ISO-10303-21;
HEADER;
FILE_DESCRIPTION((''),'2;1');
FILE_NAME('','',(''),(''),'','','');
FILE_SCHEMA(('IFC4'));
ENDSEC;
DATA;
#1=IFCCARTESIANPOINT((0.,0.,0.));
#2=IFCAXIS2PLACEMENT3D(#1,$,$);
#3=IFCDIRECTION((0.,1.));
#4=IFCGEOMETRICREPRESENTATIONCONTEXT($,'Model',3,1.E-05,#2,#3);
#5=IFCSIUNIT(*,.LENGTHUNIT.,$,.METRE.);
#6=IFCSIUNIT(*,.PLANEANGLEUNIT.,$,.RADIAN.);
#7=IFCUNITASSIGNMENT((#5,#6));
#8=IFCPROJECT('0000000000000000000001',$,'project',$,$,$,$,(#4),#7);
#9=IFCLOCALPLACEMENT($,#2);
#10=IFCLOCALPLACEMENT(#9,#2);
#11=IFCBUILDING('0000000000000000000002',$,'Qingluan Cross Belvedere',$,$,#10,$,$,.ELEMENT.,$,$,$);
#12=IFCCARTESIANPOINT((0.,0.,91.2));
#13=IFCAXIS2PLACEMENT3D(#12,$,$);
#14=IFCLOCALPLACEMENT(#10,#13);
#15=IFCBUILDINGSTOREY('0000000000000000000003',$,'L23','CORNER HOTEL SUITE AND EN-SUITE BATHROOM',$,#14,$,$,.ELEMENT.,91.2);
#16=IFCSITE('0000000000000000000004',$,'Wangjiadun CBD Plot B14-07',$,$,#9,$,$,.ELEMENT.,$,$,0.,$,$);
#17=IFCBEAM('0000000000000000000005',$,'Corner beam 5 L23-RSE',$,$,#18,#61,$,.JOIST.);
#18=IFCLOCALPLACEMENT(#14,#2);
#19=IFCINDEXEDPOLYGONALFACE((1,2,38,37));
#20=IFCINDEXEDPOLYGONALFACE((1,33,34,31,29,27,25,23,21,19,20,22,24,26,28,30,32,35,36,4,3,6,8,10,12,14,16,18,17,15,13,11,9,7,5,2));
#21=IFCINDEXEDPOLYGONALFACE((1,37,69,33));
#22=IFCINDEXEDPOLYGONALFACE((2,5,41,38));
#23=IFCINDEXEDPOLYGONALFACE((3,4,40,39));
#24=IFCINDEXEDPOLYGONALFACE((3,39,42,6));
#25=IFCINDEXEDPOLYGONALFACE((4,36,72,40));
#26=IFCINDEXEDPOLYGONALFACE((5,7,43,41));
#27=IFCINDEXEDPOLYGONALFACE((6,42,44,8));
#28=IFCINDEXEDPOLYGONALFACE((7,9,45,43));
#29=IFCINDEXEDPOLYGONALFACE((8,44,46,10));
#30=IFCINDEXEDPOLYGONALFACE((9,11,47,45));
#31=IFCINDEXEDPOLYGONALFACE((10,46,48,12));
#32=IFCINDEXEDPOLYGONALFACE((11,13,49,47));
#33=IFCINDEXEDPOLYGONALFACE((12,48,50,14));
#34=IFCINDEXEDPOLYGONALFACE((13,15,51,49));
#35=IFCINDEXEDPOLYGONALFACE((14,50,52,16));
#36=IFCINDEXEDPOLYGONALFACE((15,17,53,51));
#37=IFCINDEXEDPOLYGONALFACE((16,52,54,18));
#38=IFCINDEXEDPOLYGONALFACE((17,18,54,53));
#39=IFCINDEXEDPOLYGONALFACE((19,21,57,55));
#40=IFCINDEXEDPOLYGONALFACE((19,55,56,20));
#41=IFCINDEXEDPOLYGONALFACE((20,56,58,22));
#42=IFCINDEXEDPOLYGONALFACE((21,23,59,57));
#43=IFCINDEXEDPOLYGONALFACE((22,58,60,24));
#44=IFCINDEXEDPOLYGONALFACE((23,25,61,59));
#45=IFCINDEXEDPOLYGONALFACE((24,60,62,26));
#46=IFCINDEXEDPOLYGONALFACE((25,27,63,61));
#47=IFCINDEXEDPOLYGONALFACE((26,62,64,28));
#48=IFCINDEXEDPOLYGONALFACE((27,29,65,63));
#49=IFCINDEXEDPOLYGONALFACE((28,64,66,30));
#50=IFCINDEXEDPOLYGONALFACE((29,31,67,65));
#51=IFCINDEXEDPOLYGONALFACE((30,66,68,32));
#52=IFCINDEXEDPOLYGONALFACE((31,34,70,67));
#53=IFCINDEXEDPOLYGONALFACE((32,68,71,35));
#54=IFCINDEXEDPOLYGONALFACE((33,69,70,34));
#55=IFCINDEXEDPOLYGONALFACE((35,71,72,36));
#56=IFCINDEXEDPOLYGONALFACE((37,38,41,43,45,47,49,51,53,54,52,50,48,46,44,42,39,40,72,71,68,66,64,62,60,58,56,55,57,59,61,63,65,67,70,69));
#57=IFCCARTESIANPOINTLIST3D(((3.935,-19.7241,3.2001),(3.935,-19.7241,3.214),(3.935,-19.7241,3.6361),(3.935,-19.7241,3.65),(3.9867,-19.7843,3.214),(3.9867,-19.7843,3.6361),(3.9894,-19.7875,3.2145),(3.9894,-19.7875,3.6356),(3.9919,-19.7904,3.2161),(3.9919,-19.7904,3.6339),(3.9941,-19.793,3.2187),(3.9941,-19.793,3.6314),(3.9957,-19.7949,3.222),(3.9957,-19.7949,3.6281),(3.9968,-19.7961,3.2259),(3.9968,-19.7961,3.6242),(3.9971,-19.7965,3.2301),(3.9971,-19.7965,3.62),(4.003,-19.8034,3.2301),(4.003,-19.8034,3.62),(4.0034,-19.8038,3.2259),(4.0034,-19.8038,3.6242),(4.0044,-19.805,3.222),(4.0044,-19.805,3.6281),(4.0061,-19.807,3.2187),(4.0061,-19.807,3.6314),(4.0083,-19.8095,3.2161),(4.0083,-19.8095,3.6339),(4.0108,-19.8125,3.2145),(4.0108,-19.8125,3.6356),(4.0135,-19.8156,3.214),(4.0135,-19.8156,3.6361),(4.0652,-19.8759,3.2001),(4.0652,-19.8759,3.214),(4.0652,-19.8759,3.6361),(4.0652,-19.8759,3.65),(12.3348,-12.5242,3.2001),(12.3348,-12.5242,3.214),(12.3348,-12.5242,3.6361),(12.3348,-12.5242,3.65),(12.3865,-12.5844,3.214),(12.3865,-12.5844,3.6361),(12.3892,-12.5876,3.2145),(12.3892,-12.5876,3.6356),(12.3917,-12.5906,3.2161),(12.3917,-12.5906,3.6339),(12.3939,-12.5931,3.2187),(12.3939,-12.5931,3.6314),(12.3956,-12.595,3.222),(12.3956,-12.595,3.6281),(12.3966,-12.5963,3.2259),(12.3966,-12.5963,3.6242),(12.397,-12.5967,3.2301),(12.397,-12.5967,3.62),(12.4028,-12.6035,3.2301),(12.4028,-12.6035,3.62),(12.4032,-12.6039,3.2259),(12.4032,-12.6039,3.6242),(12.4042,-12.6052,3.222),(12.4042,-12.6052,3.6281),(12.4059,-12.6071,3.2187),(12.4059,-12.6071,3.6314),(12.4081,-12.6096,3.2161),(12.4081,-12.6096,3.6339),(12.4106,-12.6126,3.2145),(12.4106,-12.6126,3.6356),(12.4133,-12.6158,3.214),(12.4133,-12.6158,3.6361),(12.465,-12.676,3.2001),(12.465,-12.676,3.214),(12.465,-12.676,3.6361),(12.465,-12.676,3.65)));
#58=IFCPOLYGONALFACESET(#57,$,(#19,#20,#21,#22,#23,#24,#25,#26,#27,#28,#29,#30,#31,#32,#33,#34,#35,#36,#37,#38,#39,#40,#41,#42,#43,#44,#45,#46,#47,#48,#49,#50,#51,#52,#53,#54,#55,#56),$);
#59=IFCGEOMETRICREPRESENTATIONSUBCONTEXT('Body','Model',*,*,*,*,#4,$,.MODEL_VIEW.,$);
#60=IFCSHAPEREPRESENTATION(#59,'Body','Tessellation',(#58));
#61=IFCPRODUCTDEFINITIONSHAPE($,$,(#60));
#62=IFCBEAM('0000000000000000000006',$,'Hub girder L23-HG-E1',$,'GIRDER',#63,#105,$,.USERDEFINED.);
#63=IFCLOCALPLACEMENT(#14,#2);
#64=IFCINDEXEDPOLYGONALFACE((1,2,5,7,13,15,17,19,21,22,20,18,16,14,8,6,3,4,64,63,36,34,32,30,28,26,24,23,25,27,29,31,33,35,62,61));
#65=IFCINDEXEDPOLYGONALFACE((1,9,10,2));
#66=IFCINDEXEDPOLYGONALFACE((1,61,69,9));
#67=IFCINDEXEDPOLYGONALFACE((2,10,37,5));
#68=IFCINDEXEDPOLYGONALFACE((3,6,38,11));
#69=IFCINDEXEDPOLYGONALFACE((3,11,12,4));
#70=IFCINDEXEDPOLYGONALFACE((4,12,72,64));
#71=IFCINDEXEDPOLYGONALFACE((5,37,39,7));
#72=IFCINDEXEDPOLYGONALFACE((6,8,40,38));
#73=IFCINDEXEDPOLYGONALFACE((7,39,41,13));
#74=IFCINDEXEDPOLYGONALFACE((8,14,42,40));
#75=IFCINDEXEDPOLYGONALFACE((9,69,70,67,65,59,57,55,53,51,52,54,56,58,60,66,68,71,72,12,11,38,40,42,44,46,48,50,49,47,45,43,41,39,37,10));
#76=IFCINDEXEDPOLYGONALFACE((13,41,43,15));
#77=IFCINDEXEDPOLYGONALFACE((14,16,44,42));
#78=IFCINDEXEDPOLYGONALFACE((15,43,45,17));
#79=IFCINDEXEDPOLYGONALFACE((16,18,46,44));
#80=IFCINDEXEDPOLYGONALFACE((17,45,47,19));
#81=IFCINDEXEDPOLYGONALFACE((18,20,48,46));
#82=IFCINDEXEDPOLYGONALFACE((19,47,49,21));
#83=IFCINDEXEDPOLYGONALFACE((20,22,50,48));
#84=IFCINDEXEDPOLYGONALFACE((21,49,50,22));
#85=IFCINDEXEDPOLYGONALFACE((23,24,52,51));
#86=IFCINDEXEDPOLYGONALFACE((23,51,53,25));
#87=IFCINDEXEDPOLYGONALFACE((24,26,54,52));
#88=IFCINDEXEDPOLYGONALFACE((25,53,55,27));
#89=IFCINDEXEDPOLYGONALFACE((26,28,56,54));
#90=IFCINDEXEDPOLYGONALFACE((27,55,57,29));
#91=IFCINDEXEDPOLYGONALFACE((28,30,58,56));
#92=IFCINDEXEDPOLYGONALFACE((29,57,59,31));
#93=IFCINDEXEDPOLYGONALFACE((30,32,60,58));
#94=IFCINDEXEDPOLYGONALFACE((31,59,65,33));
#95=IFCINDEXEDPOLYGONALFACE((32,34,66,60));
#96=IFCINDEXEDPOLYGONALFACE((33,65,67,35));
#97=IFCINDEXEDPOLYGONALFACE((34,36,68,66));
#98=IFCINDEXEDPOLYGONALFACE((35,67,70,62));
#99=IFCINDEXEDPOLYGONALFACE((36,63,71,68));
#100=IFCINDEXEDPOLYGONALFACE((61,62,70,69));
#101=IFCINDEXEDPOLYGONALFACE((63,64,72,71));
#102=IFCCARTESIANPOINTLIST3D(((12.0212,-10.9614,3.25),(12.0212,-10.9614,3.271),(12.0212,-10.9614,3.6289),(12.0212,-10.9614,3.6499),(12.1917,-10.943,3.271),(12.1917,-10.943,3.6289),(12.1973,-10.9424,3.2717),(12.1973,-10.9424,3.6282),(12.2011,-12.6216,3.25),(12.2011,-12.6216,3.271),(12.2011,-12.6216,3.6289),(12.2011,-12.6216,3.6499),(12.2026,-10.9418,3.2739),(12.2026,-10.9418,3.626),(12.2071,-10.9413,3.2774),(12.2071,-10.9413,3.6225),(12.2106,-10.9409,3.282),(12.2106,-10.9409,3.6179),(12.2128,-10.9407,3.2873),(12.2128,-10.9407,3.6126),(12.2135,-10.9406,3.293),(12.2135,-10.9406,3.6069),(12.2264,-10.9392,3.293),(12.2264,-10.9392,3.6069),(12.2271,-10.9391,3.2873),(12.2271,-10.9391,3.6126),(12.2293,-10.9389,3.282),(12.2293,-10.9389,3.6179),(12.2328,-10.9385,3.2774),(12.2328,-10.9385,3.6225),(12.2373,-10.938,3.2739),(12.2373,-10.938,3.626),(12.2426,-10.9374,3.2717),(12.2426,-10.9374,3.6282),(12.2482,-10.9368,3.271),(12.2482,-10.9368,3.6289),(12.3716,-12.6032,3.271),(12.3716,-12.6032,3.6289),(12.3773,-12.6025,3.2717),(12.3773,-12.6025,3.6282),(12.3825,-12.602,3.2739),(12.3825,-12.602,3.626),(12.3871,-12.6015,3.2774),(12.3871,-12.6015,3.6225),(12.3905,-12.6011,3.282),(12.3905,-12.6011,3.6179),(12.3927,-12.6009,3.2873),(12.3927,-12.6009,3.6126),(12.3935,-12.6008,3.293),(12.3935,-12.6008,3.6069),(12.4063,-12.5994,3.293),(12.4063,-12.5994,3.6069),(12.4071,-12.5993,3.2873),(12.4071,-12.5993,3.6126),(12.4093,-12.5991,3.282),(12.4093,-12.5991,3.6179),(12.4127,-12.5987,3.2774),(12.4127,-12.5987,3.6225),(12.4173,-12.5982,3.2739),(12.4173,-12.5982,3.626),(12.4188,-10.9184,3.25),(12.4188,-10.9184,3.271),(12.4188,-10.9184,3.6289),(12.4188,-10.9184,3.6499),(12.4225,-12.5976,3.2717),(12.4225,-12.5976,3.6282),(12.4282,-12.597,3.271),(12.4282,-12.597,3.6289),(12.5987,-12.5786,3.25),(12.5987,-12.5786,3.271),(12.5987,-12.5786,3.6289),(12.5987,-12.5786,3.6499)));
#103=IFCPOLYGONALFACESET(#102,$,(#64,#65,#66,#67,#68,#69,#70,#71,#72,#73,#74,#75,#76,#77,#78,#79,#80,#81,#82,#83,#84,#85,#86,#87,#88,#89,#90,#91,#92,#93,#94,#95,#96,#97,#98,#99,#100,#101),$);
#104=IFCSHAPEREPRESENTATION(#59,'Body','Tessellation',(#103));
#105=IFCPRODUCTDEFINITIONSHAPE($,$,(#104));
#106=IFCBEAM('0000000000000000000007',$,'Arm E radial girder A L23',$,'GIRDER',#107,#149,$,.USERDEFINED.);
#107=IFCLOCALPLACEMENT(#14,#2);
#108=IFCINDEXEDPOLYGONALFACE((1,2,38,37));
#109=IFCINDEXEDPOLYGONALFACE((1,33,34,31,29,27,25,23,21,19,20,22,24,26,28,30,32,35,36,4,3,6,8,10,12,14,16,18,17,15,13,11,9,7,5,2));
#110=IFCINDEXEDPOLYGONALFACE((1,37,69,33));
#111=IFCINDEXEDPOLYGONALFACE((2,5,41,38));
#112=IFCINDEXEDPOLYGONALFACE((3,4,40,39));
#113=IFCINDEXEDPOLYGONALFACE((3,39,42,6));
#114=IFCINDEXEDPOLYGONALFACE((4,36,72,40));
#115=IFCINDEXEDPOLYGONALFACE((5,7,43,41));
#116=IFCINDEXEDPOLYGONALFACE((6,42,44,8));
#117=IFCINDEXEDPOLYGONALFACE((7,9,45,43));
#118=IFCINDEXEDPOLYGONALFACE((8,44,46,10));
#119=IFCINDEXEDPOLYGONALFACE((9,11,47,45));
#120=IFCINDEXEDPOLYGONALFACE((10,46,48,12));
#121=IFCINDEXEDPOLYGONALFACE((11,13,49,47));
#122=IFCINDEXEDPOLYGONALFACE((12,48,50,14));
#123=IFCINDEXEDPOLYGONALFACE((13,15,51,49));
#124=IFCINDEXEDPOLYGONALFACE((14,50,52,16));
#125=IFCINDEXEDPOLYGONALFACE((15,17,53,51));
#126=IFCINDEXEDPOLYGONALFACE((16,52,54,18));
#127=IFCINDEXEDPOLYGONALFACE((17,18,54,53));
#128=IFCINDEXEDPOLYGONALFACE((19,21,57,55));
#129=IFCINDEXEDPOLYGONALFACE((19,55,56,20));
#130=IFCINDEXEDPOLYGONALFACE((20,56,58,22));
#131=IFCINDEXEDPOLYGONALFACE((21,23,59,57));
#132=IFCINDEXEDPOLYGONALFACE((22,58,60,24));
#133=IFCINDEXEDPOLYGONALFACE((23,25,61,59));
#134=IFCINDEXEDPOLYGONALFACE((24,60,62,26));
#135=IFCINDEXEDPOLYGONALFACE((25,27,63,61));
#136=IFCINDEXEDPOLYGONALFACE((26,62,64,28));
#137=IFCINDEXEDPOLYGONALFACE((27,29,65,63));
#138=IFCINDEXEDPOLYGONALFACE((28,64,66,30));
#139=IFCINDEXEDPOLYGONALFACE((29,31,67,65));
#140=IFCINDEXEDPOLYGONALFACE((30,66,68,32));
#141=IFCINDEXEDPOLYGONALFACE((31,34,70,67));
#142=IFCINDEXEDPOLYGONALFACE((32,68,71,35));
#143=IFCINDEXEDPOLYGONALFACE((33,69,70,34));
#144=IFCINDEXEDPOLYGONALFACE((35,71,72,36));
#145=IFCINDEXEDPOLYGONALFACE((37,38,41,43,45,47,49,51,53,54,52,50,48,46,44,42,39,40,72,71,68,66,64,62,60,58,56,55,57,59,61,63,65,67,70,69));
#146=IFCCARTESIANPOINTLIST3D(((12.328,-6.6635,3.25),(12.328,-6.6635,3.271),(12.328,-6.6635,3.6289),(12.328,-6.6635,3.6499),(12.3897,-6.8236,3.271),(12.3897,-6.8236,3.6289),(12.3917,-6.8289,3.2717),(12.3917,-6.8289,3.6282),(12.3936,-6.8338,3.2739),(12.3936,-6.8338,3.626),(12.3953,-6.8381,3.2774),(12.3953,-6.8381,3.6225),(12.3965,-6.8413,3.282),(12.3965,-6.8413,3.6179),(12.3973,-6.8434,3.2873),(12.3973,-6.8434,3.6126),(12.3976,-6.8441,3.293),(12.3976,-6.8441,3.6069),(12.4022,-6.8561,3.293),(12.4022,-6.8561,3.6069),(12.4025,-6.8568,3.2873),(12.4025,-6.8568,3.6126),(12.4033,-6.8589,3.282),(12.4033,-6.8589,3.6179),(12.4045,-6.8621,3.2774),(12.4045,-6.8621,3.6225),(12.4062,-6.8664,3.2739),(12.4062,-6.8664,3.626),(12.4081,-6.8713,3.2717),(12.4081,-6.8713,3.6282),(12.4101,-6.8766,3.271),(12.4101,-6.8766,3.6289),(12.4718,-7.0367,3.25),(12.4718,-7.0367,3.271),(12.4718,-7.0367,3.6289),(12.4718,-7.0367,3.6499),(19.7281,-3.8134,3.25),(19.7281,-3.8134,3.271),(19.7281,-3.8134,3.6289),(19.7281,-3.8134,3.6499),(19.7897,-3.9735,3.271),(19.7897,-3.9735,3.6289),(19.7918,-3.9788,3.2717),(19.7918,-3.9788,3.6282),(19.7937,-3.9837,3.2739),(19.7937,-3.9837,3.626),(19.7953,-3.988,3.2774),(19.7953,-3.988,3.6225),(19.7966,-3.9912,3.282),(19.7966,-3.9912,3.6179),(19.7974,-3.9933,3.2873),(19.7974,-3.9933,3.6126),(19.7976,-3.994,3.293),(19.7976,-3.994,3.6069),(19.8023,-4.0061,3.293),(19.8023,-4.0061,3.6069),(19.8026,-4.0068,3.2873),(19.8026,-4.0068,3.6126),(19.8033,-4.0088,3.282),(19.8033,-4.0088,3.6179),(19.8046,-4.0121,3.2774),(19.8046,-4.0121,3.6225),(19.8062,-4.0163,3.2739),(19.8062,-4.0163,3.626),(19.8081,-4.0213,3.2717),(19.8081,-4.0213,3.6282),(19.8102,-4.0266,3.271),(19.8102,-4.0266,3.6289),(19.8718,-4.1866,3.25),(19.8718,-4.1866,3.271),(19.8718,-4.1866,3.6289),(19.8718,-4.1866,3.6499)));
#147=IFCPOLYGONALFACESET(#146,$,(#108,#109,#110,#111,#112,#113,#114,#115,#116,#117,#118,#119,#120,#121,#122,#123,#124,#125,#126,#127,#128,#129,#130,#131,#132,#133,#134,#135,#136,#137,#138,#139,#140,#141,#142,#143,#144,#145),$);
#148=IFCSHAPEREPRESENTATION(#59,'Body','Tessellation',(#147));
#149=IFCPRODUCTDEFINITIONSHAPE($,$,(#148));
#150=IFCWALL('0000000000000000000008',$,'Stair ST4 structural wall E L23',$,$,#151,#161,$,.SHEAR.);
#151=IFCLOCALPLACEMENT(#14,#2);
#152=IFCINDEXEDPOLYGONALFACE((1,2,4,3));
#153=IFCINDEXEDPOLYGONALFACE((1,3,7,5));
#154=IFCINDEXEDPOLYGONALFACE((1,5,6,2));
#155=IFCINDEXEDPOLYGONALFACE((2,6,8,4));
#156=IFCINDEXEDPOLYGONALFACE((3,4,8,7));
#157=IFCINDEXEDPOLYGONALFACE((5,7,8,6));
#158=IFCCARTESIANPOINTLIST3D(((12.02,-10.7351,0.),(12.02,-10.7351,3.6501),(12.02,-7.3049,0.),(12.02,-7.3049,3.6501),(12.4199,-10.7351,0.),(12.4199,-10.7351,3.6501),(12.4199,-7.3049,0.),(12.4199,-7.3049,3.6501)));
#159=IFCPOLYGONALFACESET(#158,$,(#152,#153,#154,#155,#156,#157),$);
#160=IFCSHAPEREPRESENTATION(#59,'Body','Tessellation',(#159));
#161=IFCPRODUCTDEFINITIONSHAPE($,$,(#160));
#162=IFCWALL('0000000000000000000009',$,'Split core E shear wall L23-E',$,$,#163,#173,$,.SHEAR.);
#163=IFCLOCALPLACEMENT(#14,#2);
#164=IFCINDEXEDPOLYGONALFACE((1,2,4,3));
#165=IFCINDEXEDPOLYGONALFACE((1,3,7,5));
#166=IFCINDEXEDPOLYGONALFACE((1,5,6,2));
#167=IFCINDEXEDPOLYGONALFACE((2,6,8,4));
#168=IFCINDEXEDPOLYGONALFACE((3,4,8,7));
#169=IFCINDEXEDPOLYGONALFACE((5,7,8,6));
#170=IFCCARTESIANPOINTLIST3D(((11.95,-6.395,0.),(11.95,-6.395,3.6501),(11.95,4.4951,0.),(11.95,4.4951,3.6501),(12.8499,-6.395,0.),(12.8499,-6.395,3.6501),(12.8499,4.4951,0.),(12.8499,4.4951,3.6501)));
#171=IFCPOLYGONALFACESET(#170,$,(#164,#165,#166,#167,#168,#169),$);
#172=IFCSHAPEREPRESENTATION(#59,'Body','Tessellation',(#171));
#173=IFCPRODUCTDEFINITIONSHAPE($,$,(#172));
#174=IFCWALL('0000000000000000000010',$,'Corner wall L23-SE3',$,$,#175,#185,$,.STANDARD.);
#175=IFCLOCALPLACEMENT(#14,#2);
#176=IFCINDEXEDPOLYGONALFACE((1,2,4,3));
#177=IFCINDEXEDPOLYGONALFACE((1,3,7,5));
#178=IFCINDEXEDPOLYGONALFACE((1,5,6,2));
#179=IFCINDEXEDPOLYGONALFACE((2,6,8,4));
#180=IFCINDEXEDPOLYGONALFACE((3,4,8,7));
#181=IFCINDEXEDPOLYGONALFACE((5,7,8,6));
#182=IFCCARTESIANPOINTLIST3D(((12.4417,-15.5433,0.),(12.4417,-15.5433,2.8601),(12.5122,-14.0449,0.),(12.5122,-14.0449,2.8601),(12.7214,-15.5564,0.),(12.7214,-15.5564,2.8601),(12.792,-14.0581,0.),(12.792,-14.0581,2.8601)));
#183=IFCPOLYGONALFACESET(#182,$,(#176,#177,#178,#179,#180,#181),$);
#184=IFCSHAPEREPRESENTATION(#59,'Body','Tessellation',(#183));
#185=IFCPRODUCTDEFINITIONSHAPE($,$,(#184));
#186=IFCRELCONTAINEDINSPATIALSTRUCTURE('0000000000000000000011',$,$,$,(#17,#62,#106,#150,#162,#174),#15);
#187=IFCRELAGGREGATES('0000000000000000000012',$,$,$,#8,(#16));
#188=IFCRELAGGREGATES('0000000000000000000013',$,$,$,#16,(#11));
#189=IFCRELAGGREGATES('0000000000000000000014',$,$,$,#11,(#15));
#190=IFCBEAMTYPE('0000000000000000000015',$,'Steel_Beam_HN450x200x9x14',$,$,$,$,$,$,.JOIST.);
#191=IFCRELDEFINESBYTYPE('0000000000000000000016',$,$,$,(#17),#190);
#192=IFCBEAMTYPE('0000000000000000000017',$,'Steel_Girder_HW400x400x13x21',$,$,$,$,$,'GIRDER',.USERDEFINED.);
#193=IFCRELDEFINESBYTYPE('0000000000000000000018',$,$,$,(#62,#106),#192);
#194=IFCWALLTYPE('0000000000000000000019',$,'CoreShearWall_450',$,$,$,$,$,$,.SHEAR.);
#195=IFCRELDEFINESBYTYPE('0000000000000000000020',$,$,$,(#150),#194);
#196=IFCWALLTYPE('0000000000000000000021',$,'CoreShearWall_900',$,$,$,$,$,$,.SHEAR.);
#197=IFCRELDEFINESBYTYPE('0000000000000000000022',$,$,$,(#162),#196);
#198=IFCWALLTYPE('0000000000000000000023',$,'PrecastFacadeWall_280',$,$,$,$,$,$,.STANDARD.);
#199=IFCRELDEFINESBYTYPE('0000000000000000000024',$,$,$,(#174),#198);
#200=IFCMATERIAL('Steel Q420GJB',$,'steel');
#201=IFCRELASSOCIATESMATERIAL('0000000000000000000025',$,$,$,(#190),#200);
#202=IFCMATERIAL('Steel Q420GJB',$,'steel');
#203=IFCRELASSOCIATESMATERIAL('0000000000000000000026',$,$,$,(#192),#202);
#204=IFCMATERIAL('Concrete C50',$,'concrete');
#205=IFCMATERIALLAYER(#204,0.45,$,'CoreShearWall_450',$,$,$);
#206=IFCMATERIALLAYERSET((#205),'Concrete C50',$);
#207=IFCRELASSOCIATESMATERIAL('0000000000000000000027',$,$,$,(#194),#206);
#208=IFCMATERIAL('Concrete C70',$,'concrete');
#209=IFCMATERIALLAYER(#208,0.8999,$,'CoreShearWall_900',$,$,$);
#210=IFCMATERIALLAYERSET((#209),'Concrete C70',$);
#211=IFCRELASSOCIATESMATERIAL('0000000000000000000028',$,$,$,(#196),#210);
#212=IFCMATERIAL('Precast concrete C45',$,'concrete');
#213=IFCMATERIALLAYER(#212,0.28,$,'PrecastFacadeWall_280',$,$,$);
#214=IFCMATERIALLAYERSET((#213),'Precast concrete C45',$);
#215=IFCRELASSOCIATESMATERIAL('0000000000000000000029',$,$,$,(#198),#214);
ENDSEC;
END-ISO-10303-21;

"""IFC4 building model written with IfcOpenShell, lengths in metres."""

from ifc_helpers import new_model, si_unit, direction, frame, frame_2d, origin, origin_2d, place, context, subcontext, project, spatial, rectangle, i_section, extrude, material, layer, layer_set, material_profile, profile_set, type_object, element, save


model = new_model("IFC4")

# Units and contexts
model_context = context("Model", 3, precision=1e-05, world=origin(), true_north=direction((0.0, 1.0)))
body_context = subcontext(model_context, "Body", "Model", "MODEL_VIEW")
ifc_project = project(units=[si_unit("LENGTHUNIT", "METRE"), si_unit("PLANEANGLEUNIT", "RADIAN")], contexts=[model_context])

# Site, building, storey
site_placement = place(None, origin())
site = spatial("IfcSite", under=ifc_project, at=site_placement, Name="Wangjiadun CBD Plot B14-07", CompositionType="ELEMENT", RefElevation=0.0)
building_placement = place(site_placement, origin())
building = spatial("IfcBuilding", under=site, at=building_placement, Name="Qingluan Cross Belvedere", CompositionType="ELEMENT")
storey_placement = place(building_placement, frame((0.0, 0.0, 91.2)))
storey = spatial("IfcBuildingStorey", under=building, at=storey_placement, Name="L23", Description="CORNER HOTEL SUITE AND EN-SUITE BATHROOM", CompositionType="ELEMENT", Elevation=91.2)

# Beams
ifc_material_1 = material(Name="Steel Q420GJB", Category="steel")
ifc_material_profile_1 = material_profile(ifc_material_1, i_section(OverallWidth=0.2, OverallDepth=0.45, WebThickness=0.009, FlangeThickness=0.0139, FilletRadius=0.0161, at=origin_2d()), Name="HN450x200x9x14")
ifc_profile_set_1 = profile_set([ifc_material_profile_1], Name="Steel Q420GJB")
beam_type_1 = type_object("IfcBeamType", Name="Steel_Beam_HN450x200x9x14", PredefinedType="JOIST", material=ifc_profile_set_1)
beam_1_placement = place(storey_placement, frame((12.3999, -12.6001, 3.425), z_axis=(-0.759255, -0.650793, 0.0), x_axis=(0.650793, -0.759255, 0.0)))
element("IfcBeam", 1, at=beam_1_placement, inside=storey, type_object=beam_type_1, Name="Corner beam 5 L23-RSE", PredefinedType="JOIST", context=body_context, shape_type="SweptSolid", body=[
    extrude(i_section(OverallWidth=0.2, OverallDepth=0.45, WebThickness=0.009, FlangeThickness=0.0139, FilletRadius=0.0161, at=origin_2d()), origin(), (0.0, 0.0, 1.0), 11.0632),
])
ifc_material_2 = material(Name="Steel Q420GJB", Category="steel")
ifc_material_profile_2 = material_profile(ifc_material_2, i_section(OverallWidth=0.3999, OverallDepth=0.3999, WebThickness=0.0129, FlangeThickness=0.021, FilletRadius=0.022, at=origin_2d()), Name="HW400x400x13x21")
ifc_profile_set_2 = profile_set([ifc_material_profile_2], Name="Steel Q420GJB")
beam_type_2 = type_object("IfcBeamType", Name="Steel_Girder_HW400x400x13x21", ElementType="GIRDER", PredefinedType="USERDEFINED", material=ifc_profile_set_2)
beam_2_placement = place(storey_placement, frame((12.3999, -12.6001, 3.45), z_axis=(-0.107751, 0.994178, 0.0), x_axis=(-0.994178, -0.107751, 0.0)))
element("IfcBeam", 2, at=beam_2_placement, inside=storey, type_object=beam_type_2, Name="Hub girder L23-HG-E1", ObjectType="GIRDER", PredefinedType="USERDEFINED", context=body_context, shape_type="SweptSolid", body=[
    extrude(i_section(OverallWidth=0.3999, OverallDepth=0.3999, WebThickness=0.0129, FlangeThickness=0.021, FilletRadius=0.022, at=origin_2d()), origin(), (0.0, 0.0, 1.0), 1.6699),
])
beam_3_placement = place(storey_placement, frame((12.3999, -6.8501, 3.45), z_axis=(0.933181, 0.359406, 0.0), x_axis=(-0.359406, 0.933181, 0.0)))
element("IfcBeam", 3, at=beam_3_placement, inside=storey, type_object=beam_type_2, Name="Arm E radial girder A L23", ObjectType="GIRDER", PredefinedType="USERDEFINED", context=body_context, shape_type="SweptSolid", body=[
    extrude(i_section(OverallWidth=0.3999, OverallDepth=0.3999, WebThickness=0.0129, FlangeThickness=0.021, FilletRadius=0.022, at=origin_2d()), origin(), (0.0, 0.0, 1.0), 7.9299),
])

# Walls
ifc_material_3 = material(Name="Concrete C50", Category="concrete")
ifc_layer_1 = layer(ifc_material_3, 0.45, Name="CoreShearWall_450")
ifc_layer_set_1 = layer_set([ifc_layer_1], Name="Concrete C50")
wall_type_1 = type_object("IfcWallType", Name="CoreShearWall_450", PredefinedType="SHEAR", material=ifc_layer_set_1)
wall_1_placement = place(storey_placement, frame((12.22, -10.7351, 0.0), z_axis=(0.0, 0.0, 1.0), x_axis=(0.0, 1.0, 0.0)))
element("IfcWall", 4, at=wall_1_placement, inside=storey, type_object=wall_type_1, Name="Stair ST4 structural wall E L23", PredefinedType="SHEAR", context=body_context, shape_type="SweptSolid", body=[
    extrude(rectangle(XDim=3.4302, YDim=0.3999, at=frame_2d((1.7151, 0.0))), origin(), (0.0, 0.0, 1.0), 3.6501),
])
ifc_material_4 = material(Name="Concrete C70", Category="concrete")
ifc_layer_2 = layer(ifc_material_4, 0.8999, Name="CoreShearWall_900")
ifc_layer_set_2 = layer_set([ifc_layer_2], Name="Concrete C70")
wall_type_2 = type_object("IfcWallType", Name="CoreShearWall_900", PredefinedType="SHEAR", material=ifc_layer_set_2)
wall_2_placement = place(storey_placement, frame((12.3999, -6.395, 0.0), z_axis=(0.0, 0.0, 1.0), x_axis=(0.0, 1.0, 0.0)))
element("IfcWall", 5, at=wall_2_placement, inside=storey, type_object=wall_type_2, Name="Split core E shear wall L23-E", PredefinedType="SHEAR", context=body_context, shape_type="SweptSolid", body=[
    extrude(rectangle(XDim=10.8901, YDim=0.8999, at=frame_2d((5.4451, 0.0))), origin(), (0.0, 0.0, 1.0), 3.6501),
])
ifc_material_5 = material(Name="Precast concrete C45", Category="concrete")
ifc_layer_3 = layer(ifc_material_5, 0.28, Name="PrecastFacadeWall_280")
ifc_layer_set_3 = layer_set([ifc_layer_3], Name="Precast concrete C45")
wall_type_3 = type_object("IfcWallType", Name="PrecastFacadeWall_280", PredefinedType="STANDARD", material=ifc_layer_set_3)
wall_3_placement = place(storey_placement, frame((12.6521, -14.0515, 0.0), z_axis=(0.0, 0.0, 1.0), x_axis=(-0.047039, -0.998893, 0.0)))
element("IfcWall", 6, at=wall_3_placement, inside=storey, type_object=wall_type_3, Name="Corner wall L23-SE3", PredefinedType="STANDARD", context=body_context, shape_type="SweptSolid", body=[
    extrude(rectangle(XDim=1.5, YDim=0.28, at=frame_2d((0.75, 0.0))), origin(), (0.0, 0.0, 1.0), 2.8601),
])

save(model, "model.ifc")
